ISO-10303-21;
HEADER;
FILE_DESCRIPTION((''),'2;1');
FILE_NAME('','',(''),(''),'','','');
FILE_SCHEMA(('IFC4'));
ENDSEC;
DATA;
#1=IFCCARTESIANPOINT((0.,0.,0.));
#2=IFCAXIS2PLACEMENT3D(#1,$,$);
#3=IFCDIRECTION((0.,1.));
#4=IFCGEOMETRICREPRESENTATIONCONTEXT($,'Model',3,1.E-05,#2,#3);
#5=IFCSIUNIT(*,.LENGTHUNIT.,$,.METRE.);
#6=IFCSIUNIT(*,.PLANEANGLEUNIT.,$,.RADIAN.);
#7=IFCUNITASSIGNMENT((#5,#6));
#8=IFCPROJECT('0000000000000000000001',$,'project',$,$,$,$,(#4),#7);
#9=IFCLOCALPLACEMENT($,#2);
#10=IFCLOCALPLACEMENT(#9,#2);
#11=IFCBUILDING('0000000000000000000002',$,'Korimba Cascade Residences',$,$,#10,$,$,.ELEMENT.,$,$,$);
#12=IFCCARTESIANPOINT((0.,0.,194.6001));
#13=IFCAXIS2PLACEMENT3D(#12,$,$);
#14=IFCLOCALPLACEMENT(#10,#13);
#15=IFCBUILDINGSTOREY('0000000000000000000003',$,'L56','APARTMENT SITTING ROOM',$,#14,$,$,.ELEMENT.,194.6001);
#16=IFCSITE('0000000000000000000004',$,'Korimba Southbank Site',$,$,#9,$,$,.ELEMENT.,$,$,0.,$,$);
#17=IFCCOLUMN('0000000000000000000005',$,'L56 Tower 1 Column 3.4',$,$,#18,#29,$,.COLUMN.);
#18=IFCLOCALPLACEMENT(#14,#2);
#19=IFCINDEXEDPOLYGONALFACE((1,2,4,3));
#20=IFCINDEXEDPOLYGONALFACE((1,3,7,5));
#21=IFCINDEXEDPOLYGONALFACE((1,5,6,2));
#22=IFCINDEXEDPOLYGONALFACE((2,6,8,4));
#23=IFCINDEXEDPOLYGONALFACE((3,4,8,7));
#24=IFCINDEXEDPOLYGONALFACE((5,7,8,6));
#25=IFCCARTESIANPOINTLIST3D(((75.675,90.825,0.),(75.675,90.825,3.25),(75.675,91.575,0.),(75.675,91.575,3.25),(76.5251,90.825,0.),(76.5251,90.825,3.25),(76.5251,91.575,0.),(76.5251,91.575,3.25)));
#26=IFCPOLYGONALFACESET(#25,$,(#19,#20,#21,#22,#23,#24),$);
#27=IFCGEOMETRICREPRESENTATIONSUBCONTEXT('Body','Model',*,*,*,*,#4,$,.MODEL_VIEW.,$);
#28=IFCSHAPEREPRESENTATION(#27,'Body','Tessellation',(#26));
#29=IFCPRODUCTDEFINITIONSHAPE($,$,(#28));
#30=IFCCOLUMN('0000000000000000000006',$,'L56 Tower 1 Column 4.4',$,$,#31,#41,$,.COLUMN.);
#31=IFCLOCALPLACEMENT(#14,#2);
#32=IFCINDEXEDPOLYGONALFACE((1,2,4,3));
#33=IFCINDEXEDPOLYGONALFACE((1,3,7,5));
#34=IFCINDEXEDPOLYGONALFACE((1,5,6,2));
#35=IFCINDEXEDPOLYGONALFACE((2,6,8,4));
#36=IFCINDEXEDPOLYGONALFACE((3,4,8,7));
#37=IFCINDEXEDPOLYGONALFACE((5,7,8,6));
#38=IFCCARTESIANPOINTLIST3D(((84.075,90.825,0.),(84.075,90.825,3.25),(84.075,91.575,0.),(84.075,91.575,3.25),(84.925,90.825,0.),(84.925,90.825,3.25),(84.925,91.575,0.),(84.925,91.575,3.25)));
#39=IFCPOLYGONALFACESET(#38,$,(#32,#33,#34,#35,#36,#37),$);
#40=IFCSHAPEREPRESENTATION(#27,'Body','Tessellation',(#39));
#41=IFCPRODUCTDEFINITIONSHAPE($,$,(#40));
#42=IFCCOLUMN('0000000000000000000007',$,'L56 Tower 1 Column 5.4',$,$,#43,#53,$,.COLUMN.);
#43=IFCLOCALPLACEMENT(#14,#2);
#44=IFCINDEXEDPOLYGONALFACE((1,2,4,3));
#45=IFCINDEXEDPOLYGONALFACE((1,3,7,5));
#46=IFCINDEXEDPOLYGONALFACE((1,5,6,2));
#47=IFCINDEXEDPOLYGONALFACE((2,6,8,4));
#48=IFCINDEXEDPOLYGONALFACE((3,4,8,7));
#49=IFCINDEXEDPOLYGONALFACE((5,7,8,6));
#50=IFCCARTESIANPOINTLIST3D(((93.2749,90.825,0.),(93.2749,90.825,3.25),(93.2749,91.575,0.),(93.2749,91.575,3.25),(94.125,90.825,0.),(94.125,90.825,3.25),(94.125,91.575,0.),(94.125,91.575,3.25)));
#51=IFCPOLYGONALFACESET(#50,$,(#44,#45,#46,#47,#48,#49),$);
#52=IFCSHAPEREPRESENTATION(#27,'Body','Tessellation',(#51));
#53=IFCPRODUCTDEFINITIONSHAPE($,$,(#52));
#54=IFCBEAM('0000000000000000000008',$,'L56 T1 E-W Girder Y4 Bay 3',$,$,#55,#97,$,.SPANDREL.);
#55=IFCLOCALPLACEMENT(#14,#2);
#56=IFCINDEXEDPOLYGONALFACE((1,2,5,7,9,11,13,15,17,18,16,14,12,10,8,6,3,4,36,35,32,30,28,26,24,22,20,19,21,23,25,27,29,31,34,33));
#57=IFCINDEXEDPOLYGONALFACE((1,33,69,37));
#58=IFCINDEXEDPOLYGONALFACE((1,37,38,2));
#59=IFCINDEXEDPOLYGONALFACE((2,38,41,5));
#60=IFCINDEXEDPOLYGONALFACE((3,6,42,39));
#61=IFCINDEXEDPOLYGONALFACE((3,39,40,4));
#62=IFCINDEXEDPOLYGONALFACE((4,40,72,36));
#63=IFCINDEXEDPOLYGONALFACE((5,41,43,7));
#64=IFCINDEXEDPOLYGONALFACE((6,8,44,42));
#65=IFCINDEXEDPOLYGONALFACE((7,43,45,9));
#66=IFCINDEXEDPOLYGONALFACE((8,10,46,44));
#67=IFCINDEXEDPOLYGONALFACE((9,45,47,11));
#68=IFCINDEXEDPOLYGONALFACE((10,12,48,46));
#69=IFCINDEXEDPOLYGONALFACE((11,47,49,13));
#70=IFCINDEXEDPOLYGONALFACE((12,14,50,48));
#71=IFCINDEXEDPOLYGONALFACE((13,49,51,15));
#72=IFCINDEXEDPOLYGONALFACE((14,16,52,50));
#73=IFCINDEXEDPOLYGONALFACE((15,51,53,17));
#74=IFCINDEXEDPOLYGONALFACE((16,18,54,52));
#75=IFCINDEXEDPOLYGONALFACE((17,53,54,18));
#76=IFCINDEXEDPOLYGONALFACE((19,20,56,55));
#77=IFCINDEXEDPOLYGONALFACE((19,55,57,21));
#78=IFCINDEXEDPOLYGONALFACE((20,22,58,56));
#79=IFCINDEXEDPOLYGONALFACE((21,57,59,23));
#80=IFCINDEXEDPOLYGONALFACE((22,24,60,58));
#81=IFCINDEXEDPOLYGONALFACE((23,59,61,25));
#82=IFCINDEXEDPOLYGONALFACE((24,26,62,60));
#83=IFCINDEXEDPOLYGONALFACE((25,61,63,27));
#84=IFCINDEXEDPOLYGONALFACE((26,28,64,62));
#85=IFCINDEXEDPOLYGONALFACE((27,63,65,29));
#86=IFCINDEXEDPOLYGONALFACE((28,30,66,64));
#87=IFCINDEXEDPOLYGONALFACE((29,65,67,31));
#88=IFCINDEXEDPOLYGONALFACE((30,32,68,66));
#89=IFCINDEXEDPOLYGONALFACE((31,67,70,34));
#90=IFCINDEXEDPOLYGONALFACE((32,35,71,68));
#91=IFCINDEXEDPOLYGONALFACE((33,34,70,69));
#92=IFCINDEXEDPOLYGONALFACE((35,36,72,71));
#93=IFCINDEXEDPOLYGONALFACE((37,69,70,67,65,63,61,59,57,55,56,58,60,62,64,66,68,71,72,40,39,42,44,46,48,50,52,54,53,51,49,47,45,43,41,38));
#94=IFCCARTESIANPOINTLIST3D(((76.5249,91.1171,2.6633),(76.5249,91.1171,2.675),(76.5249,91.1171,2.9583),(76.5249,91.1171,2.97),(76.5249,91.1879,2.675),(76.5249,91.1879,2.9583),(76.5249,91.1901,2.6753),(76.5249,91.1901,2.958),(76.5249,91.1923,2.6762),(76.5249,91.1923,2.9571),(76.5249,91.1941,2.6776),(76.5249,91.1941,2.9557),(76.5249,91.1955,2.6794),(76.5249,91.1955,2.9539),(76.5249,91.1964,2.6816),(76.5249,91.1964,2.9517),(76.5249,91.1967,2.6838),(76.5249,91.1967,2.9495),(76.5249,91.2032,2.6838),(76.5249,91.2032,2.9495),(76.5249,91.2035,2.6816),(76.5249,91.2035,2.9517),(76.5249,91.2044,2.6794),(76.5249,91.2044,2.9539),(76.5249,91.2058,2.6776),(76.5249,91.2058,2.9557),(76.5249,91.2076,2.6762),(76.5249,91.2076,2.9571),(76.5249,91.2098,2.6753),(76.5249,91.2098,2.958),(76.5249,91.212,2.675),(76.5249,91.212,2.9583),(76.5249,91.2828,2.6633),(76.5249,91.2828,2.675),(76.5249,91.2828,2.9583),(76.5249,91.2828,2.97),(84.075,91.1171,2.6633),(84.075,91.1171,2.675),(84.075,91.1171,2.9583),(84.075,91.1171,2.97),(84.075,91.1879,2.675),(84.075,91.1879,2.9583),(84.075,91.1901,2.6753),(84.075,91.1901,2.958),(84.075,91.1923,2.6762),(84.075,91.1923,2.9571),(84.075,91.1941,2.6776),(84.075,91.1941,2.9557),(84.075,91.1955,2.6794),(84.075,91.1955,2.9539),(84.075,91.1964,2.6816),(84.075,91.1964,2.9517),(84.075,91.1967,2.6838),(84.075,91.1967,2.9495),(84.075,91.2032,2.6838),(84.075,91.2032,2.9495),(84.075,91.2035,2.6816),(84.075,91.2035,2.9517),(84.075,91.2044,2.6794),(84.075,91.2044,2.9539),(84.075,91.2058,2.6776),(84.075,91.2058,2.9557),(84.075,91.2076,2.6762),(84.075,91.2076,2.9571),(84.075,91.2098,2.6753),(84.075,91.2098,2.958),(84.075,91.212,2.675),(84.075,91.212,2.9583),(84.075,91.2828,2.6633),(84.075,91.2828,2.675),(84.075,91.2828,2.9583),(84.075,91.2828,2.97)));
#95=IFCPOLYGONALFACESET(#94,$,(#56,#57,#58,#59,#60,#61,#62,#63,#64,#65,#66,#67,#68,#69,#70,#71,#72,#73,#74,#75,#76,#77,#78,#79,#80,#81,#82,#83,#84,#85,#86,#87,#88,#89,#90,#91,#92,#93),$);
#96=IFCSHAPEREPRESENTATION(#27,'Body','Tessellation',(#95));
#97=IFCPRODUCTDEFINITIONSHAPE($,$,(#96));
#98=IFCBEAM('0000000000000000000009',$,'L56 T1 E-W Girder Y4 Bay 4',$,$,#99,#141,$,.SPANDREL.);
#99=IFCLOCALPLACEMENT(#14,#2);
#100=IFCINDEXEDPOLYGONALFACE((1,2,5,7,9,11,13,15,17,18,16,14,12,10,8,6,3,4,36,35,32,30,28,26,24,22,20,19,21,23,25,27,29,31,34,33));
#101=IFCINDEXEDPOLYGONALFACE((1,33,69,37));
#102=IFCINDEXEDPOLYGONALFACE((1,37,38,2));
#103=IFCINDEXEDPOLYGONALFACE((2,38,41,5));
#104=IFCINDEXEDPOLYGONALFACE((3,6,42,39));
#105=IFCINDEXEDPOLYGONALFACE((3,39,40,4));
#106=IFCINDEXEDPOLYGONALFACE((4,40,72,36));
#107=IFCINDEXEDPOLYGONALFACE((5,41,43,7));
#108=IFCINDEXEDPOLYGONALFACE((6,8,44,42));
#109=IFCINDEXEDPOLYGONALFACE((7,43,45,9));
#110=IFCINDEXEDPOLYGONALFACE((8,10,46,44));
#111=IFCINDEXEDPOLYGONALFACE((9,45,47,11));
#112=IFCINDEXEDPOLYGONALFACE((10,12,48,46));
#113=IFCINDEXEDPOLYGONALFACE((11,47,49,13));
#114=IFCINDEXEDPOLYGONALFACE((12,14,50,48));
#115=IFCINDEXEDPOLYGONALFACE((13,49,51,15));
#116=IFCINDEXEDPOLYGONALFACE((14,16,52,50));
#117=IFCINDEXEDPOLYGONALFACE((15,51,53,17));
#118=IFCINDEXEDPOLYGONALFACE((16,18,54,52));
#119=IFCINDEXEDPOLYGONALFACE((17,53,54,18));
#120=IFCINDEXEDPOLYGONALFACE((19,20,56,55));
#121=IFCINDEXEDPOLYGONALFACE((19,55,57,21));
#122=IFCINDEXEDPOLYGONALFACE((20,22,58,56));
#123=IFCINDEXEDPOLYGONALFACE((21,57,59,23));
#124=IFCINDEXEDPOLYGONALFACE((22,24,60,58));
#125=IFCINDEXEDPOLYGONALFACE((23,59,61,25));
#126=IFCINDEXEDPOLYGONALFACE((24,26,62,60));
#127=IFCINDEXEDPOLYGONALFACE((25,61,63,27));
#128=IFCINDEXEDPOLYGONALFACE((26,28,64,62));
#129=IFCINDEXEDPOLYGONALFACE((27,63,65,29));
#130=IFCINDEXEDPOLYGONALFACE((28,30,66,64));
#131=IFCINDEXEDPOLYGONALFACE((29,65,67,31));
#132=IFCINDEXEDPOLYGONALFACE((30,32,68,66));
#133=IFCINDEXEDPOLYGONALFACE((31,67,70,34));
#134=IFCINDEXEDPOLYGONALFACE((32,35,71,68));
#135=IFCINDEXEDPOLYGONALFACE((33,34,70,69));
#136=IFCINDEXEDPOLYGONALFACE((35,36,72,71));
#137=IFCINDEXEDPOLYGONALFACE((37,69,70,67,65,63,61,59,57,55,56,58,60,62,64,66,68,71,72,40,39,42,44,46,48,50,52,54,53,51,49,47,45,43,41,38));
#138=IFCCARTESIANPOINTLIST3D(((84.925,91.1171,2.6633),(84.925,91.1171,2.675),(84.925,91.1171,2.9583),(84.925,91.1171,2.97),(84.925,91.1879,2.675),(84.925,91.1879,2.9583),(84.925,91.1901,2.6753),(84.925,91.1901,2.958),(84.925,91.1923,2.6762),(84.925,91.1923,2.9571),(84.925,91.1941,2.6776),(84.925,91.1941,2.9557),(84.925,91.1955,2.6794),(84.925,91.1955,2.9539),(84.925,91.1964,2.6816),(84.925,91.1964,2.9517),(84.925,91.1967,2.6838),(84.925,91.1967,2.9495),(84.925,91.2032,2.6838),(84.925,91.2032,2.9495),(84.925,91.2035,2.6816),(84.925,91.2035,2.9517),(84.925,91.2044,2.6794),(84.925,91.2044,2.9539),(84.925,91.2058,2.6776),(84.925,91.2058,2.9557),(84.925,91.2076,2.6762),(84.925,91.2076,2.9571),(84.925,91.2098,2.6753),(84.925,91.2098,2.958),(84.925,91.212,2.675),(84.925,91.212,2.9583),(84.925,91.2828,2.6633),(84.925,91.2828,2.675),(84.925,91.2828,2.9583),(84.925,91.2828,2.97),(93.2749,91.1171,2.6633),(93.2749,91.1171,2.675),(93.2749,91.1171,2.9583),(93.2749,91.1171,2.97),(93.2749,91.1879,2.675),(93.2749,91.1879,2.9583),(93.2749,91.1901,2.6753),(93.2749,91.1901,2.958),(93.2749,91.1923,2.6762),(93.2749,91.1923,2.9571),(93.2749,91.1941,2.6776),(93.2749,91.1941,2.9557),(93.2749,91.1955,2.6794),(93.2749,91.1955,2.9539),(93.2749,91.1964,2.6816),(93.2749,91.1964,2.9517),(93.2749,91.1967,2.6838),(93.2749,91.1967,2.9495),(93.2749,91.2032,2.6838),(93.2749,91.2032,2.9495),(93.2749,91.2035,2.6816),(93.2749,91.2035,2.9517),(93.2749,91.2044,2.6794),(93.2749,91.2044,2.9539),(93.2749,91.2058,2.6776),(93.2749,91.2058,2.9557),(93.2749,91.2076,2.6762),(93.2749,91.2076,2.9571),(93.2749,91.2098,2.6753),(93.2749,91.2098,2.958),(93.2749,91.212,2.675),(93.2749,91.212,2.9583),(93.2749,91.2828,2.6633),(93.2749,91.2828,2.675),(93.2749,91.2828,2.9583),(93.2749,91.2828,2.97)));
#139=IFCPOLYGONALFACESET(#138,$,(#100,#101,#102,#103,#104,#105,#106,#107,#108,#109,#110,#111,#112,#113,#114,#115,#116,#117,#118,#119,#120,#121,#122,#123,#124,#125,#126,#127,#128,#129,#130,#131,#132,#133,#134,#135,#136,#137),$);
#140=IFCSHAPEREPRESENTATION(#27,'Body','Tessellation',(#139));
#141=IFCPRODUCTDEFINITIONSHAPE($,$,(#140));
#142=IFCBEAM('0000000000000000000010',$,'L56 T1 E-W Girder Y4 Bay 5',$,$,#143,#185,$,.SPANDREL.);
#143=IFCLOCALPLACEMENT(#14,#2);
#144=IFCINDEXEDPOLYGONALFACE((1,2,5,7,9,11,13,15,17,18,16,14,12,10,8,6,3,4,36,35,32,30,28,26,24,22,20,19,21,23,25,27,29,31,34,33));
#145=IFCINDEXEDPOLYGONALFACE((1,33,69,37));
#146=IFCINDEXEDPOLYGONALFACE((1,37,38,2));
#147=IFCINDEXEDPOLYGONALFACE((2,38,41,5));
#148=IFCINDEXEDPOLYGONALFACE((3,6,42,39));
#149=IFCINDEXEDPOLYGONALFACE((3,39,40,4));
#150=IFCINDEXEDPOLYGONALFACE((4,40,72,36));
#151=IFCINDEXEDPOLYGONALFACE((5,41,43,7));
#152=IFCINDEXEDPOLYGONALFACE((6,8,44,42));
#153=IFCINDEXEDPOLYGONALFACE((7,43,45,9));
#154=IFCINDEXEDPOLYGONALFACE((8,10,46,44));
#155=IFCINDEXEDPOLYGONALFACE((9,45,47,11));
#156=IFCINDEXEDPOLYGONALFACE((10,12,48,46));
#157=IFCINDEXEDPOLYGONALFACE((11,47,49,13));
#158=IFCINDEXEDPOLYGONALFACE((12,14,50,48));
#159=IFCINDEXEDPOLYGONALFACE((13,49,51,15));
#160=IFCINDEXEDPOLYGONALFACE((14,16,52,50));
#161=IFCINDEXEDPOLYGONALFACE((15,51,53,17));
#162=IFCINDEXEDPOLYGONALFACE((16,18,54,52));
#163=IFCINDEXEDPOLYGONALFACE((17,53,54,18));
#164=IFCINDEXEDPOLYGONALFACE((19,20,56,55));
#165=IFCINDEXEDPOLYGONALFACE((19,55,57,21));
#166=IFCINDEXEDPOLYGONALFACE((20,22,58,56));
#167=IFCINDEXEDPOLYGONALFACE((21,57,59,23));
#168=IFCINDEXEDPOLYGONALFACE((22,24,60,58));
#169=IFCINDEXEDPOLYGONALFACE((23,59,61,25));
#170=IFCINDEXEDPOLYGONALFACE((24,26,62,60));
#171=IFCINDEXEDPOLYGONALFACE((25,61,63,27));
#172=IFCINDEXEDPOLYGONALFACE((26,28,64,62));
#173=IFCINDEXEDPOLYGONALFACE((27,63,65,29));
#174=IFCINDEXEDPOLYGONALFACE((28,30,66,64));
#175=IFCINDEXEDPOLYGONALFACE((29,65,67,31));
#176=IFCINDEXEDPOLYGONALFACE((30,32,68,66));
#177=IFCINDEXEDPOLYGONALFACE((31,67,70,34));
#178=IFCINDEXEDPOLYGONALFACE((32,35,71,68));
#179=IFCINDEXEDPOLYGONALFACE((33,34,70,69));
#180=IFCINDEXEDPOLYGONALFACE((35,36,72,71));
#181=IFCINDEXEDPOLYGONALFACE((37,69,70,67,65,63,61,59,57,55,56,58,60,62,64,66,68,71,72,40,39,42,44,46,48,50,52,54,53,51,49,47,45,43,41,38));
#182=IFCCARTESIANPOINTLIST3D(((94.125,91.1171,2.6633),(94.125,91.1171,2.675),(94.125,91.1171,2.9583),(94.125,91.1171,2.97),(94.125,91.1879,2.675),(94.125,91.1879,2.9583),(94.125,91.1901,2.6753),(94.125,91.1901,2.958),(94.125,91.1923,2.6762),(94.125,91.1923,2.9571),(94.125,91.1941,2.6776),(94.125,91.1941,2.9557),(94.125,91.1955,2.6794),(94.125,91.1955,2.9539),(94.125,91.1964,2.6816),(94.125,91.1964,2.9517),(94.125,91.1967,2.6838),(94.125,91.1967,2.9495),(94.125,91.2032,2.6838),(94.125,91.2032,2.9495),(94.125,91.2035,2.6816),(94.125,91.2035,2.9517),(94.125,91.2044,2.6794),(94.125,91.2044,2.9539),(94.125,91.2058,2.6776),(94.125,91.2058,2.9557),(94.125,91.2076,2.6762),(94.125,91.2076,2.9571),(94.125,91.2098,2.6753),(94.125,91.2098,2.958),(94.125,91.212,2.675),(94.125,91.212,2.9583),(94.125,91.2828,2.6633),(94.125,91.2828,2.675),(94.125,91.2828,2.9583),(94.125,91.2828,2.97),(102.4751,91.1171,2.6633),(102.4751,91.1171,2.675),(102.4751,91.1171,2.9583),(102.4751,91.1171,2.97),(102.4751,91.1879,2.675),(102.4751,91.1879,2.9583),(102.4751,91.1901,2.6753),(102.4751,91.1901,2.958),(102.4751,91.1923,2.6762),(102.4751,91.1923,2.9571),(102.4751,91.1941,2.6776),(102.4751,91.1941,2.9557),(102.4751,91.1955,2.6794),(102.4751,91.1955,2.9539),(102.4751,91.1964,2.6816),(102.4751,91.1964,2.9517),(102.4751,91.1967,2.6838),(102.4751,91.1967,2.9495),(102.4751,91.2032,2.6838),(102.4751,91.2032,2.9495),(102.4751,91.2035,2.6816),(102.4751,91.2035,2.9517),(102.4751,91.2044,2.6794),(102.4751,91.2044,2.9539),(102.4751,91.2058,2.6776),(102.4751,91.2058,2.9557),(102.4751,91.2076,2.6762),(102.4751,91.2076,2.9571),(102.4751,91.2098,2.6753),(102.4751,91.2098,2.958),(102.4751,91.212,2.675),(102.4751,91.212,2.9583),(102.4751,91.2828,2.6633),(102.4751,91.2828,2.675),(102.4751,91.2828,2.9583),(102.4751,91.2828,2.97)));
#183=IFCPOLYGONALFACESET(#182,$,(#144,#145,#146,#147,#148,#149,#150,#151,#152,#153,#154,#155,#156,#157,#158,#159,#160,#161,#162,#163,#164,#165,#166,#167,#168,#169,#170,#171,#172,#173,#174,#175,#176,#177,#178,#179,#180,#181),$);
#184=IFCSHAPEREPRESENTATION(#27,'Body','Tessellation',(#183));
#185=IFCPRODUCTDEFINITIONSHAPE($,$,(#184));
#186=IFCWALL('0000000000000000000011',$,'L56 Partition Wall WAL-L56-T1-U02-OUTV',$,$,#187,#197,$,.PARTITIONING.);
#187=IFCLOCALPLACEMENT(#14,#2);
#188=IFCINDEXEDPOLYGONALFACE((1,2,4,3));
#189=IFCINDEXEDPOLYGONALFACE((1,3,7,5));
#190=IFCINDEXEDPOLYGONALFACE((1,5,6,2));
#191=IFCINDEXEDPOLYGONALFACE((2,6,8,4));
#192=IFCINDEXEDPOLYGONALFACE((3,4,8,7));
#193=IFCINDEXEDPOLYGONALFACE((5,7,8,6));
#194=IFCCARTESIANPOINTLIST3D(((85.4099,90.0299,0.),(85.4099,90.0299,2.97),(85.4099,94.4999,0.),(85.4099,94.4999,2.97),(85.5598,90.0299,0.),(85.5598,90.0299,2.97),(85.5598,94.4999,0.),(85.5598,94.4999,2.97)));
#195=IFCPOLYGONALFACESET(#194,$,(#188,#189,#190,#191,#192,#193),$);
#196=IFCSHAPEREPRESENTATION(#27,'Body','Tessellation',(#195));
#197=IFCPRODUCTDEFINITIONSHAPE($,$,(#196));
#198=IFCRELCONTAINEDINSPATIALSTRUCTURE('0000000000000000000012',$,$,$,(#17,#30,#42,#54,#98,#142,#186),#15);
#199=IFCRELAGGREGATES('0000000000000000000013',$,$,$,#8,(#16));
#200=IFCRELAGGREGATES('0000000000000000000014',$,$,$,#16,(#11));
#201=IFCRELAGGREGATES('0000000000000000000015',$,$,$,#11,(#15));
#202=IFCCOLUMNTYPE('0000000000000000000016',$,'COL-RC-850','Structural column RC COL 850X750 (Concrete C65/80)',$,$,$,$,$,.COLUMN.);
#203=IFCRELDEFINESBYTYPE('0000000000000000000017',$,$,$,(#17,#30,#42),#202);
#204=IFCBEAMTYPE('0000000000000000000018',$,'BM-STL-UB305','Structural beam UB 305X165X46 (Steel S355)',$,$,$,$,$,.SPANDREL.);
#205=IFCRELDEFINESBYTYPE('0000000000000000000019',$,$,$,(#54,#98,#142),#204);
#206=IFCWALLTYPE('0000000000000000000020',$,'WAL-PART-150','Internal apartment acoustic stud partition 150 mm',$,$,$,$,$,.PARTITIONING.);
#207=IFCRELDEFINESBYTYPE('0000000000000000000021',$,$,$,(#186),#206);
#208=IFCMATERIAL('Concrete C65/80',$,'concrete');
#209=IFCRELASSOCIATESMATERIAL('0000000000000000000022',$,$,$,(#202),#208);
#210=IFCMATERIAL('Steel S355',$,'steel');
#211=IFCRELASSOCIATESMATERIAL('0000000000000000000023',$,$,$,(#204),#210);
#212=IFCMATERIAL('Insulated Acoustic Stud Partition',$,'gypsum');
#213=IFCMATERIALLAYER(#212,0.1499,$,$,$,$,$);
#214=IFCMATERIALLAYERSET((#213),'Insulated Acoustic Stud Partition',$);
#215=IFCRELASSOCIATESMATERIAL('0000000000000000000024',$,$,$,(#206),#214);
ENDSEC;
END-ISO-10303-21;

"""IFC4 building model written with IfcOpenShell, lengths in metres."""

from ifc_helpers import new_model, si_unit, direction, frame, frame_2d, origin, origin_2d, place, context, subcontext, project, spatial, rectangle, i_section, extrude, material, layer, layer_set, material_profile, profile_set, type_object, element, save


model = new_model("IFC4")

# Units and contexts
model_context = context("Model", 3, precision=1e-05, world=origin(), true_north=direction((0.0, 1.0)))
body_context = subcontext(model_context, "Body", "Model", "MODEL_VIEW")
ifc_project = project(units=[si_unit("LENGTHUNIT", "METRE"), si_unit("PLANEANGLEUNIT", "RADIAN")], contexts=[model_context])

# Site, building, storey
site_placement = place(None, origin())
site = spatial("IfcSite", under=ifc_project, at=site_placement, Name="Korimba Southbank Site", CompositionType="ELEMENT", RefElevation=0.0)
building_placement = place(site_placement, origin())
building = spatial("IfcBuilding", under=site, at=building_placement, Name="Korimba Cascade Residences", CompositionType="ELEMENT")
storey_placement = place(building_placement, frame((0.0, 0.0, 194.6001)))
storey = spatial("IfcBuildingStorey", under=building, at=storey_placement, Name="L56", Description="APARTMENT SITTING ROOM", CompositionType="ELEMENT", Elevation=194.6001)

# Columns
ifc_material_1 = material(Name="Concrete C65/80", Category="concrete")
ifc_material_profile_1 = material_profile(ifc_material_1, rectangle(XDim=0.8501, YDim=0.75, at=origin_2d()), Name="Concrete C65/80")
ifc_profile_set_1 = profile_set([ifc_material_profile_1], Name="Concrete C65/80")
column_type = type_object("IfcColumnType", Name="COL-RC-850", Description="Structural column RC COL 850X750 (Concrete C65/80)", PredefinedType="COLUMN", material=ifc_profile_set_1)
for number, where, z_axis, x_axis, name in (
    (1, (76.1001, 91.2, 0.0), (0.0, 0.0, 1.0), (1.0, 0.0, 0.0), "L56 Tower 1 Column 3.4"),
    (2, (84.5, 91.2, 0.0), (0.0, 0.0, 1.0), (1.0, 0.0, 0.0), "L56 Tower 1 Column 4.4"),
    (3, (93.7, 91.2, 0.0), (0.0, 0.0, 1.0), (1.0, 0.0, 0.0), "L56 Tower 1 Column 5.4"),
):
    element("IfcColumn", number, at=place(storey_placement, frame(where, z_axis=z_axis, x_axis=x_axis)), inside=storey, type_object=column_type, Name=name, PredefinedType="COLUMN", context=body_context, shape_type="SweptSolid", body=[
        extrude(rectangle(XDim=0.8501, YDim=0.75, at=origin_2d()), origin(), (0.0, 0.0, 1.0), 3.25),
    ])

# Beams
ifc_material_2 = material(Name="Steel S355", Category="steel")
ifc_material_profile_2 = material_profile(ifc_material_2, i_section(OverallWidth=0.1658, OverallDepth=0.3066, WebThickness=0.0066, FlangeThickness=0.0117, FilletRadius=0.0088, at=origin_2d()), Name="Steel S355")
ifc_profile_set_2 = profile_set([ifc_material_profile_2], Name="Steel S355")
beam_type = type_object("IfcBeamType", Name="BM-STL-UB305", Description="Structural beam UB 305X165X46 (Steel S355)", PredefinedType="SPANDREL", material=ifc_profile_set_2)
beam_1_placement = place(storey_placement, frame((76.5249, 91.2, 2.8167), z_axis=(1.0, 0.0, 0.0), x_axis=(0.0, 1.0, 0.0)))
element("IfcBeam", 4, at=beam_1_placement, inside=storey, type_object=beam_type, Name="L56 T1 E-W Girder Y4 Bay 3", PredefinedType="SPANDREL", context=body_context, shape_type="SweptSolid", body=[
    extrude(i_section(OverallWidth=0.1658, OverallDepth=0.3066, WebThickness=0.0066, FlangeThickness=0.0117, FilletRadius=0.0088, at=origin_2d()), origin(), (0.0, 0.0, 1.0), 7.55),
])
beam_2_placement = place(storey_placement, frame((84.925, 91.2, 2.8167), z_axis=(1.0, 0.0, 0.0), x_axis=(0.0, 1.0, 0.0)))
element("IfcBeam", 5, at=beam_2_placement, inside=storey, type_object=beam_type, Name="L56 T1 E-W Girder Y4 Bay 4", PredefinedType="SPANDREL", context=body_context, shape_type="SweptSolid", body=[
    extrude(i_section(OverallWidth=0.1658, OverallDepth=0.3066, WebThickness=0.0066, FlangeThickness=0.0117, FilletRadius=0.0088, at=origin_2d()), origin(), (0.0, 0.0, 1.0), 8.3499),
])
beam_3_placement = place(storey_placement, frame((94.125, 91.2, 2.8167), z_axis=(1.0, 0.0, 0.0), x_axis=(0.0, 1.0, 0.0)))
element("IfcBeam", 6, at=beam_3_placement, inside=storey, type_object=beam_type, Name="L56 T1 E-W Girder Y4 Bay 5", PredefinedType="SPANDREL", context=body_context, shape_type="SweptSolid", body=[
    extrude(i_section(OverallWidth=0.1658, OverallDepth=0.3066, WebThickness=0.0066, FlangeThickness=0.0117, FilletRadius=0.0088, at=origin_2d()), origin(), (0.0, 0.0, 1.0), 8.3501),
])

# Wall
ifc_material_3 = material(Name="Insulated Acoustic Stud Partition", Category="gypsum")
ifc_layer = layer(ifc_material_3, 0.1499)
ifc_layer_set = layer_set([ifc_layer], Name="Insulated Acoustic Stud Partition")
wall_type = type_object("IfcWallType", Name="WAL-PART-150", Description="Internal apartment acoustic stud partition 150 mm", PredefinedType="PARTITIONING", material=ifc_layer_set)
wall_1_placement = place(storey_placement, frame((85.4849, 90.03, 0.0), z_axis=(0.0, 0.0, 1.0), x_axis=(0.0, 1.0, 0.0)))
element("IfcWall", 7, at=wall_1_placement, inside=storey, type_object=wall_type, Name="L56 Partition Wall WAL-L56-T1-U02-OUTV", PredefinedType="PARTITIONING", context=body_context, shape_type="SweptSolid", body=[
    extrude(rectangle(XDim=4.47, YDim=0.1499, at=frame_2d((2.2349, 0.0))), origin(), (0.0, 0.0, 1.0), 2.97),
])

save(model, "model.ifc")
